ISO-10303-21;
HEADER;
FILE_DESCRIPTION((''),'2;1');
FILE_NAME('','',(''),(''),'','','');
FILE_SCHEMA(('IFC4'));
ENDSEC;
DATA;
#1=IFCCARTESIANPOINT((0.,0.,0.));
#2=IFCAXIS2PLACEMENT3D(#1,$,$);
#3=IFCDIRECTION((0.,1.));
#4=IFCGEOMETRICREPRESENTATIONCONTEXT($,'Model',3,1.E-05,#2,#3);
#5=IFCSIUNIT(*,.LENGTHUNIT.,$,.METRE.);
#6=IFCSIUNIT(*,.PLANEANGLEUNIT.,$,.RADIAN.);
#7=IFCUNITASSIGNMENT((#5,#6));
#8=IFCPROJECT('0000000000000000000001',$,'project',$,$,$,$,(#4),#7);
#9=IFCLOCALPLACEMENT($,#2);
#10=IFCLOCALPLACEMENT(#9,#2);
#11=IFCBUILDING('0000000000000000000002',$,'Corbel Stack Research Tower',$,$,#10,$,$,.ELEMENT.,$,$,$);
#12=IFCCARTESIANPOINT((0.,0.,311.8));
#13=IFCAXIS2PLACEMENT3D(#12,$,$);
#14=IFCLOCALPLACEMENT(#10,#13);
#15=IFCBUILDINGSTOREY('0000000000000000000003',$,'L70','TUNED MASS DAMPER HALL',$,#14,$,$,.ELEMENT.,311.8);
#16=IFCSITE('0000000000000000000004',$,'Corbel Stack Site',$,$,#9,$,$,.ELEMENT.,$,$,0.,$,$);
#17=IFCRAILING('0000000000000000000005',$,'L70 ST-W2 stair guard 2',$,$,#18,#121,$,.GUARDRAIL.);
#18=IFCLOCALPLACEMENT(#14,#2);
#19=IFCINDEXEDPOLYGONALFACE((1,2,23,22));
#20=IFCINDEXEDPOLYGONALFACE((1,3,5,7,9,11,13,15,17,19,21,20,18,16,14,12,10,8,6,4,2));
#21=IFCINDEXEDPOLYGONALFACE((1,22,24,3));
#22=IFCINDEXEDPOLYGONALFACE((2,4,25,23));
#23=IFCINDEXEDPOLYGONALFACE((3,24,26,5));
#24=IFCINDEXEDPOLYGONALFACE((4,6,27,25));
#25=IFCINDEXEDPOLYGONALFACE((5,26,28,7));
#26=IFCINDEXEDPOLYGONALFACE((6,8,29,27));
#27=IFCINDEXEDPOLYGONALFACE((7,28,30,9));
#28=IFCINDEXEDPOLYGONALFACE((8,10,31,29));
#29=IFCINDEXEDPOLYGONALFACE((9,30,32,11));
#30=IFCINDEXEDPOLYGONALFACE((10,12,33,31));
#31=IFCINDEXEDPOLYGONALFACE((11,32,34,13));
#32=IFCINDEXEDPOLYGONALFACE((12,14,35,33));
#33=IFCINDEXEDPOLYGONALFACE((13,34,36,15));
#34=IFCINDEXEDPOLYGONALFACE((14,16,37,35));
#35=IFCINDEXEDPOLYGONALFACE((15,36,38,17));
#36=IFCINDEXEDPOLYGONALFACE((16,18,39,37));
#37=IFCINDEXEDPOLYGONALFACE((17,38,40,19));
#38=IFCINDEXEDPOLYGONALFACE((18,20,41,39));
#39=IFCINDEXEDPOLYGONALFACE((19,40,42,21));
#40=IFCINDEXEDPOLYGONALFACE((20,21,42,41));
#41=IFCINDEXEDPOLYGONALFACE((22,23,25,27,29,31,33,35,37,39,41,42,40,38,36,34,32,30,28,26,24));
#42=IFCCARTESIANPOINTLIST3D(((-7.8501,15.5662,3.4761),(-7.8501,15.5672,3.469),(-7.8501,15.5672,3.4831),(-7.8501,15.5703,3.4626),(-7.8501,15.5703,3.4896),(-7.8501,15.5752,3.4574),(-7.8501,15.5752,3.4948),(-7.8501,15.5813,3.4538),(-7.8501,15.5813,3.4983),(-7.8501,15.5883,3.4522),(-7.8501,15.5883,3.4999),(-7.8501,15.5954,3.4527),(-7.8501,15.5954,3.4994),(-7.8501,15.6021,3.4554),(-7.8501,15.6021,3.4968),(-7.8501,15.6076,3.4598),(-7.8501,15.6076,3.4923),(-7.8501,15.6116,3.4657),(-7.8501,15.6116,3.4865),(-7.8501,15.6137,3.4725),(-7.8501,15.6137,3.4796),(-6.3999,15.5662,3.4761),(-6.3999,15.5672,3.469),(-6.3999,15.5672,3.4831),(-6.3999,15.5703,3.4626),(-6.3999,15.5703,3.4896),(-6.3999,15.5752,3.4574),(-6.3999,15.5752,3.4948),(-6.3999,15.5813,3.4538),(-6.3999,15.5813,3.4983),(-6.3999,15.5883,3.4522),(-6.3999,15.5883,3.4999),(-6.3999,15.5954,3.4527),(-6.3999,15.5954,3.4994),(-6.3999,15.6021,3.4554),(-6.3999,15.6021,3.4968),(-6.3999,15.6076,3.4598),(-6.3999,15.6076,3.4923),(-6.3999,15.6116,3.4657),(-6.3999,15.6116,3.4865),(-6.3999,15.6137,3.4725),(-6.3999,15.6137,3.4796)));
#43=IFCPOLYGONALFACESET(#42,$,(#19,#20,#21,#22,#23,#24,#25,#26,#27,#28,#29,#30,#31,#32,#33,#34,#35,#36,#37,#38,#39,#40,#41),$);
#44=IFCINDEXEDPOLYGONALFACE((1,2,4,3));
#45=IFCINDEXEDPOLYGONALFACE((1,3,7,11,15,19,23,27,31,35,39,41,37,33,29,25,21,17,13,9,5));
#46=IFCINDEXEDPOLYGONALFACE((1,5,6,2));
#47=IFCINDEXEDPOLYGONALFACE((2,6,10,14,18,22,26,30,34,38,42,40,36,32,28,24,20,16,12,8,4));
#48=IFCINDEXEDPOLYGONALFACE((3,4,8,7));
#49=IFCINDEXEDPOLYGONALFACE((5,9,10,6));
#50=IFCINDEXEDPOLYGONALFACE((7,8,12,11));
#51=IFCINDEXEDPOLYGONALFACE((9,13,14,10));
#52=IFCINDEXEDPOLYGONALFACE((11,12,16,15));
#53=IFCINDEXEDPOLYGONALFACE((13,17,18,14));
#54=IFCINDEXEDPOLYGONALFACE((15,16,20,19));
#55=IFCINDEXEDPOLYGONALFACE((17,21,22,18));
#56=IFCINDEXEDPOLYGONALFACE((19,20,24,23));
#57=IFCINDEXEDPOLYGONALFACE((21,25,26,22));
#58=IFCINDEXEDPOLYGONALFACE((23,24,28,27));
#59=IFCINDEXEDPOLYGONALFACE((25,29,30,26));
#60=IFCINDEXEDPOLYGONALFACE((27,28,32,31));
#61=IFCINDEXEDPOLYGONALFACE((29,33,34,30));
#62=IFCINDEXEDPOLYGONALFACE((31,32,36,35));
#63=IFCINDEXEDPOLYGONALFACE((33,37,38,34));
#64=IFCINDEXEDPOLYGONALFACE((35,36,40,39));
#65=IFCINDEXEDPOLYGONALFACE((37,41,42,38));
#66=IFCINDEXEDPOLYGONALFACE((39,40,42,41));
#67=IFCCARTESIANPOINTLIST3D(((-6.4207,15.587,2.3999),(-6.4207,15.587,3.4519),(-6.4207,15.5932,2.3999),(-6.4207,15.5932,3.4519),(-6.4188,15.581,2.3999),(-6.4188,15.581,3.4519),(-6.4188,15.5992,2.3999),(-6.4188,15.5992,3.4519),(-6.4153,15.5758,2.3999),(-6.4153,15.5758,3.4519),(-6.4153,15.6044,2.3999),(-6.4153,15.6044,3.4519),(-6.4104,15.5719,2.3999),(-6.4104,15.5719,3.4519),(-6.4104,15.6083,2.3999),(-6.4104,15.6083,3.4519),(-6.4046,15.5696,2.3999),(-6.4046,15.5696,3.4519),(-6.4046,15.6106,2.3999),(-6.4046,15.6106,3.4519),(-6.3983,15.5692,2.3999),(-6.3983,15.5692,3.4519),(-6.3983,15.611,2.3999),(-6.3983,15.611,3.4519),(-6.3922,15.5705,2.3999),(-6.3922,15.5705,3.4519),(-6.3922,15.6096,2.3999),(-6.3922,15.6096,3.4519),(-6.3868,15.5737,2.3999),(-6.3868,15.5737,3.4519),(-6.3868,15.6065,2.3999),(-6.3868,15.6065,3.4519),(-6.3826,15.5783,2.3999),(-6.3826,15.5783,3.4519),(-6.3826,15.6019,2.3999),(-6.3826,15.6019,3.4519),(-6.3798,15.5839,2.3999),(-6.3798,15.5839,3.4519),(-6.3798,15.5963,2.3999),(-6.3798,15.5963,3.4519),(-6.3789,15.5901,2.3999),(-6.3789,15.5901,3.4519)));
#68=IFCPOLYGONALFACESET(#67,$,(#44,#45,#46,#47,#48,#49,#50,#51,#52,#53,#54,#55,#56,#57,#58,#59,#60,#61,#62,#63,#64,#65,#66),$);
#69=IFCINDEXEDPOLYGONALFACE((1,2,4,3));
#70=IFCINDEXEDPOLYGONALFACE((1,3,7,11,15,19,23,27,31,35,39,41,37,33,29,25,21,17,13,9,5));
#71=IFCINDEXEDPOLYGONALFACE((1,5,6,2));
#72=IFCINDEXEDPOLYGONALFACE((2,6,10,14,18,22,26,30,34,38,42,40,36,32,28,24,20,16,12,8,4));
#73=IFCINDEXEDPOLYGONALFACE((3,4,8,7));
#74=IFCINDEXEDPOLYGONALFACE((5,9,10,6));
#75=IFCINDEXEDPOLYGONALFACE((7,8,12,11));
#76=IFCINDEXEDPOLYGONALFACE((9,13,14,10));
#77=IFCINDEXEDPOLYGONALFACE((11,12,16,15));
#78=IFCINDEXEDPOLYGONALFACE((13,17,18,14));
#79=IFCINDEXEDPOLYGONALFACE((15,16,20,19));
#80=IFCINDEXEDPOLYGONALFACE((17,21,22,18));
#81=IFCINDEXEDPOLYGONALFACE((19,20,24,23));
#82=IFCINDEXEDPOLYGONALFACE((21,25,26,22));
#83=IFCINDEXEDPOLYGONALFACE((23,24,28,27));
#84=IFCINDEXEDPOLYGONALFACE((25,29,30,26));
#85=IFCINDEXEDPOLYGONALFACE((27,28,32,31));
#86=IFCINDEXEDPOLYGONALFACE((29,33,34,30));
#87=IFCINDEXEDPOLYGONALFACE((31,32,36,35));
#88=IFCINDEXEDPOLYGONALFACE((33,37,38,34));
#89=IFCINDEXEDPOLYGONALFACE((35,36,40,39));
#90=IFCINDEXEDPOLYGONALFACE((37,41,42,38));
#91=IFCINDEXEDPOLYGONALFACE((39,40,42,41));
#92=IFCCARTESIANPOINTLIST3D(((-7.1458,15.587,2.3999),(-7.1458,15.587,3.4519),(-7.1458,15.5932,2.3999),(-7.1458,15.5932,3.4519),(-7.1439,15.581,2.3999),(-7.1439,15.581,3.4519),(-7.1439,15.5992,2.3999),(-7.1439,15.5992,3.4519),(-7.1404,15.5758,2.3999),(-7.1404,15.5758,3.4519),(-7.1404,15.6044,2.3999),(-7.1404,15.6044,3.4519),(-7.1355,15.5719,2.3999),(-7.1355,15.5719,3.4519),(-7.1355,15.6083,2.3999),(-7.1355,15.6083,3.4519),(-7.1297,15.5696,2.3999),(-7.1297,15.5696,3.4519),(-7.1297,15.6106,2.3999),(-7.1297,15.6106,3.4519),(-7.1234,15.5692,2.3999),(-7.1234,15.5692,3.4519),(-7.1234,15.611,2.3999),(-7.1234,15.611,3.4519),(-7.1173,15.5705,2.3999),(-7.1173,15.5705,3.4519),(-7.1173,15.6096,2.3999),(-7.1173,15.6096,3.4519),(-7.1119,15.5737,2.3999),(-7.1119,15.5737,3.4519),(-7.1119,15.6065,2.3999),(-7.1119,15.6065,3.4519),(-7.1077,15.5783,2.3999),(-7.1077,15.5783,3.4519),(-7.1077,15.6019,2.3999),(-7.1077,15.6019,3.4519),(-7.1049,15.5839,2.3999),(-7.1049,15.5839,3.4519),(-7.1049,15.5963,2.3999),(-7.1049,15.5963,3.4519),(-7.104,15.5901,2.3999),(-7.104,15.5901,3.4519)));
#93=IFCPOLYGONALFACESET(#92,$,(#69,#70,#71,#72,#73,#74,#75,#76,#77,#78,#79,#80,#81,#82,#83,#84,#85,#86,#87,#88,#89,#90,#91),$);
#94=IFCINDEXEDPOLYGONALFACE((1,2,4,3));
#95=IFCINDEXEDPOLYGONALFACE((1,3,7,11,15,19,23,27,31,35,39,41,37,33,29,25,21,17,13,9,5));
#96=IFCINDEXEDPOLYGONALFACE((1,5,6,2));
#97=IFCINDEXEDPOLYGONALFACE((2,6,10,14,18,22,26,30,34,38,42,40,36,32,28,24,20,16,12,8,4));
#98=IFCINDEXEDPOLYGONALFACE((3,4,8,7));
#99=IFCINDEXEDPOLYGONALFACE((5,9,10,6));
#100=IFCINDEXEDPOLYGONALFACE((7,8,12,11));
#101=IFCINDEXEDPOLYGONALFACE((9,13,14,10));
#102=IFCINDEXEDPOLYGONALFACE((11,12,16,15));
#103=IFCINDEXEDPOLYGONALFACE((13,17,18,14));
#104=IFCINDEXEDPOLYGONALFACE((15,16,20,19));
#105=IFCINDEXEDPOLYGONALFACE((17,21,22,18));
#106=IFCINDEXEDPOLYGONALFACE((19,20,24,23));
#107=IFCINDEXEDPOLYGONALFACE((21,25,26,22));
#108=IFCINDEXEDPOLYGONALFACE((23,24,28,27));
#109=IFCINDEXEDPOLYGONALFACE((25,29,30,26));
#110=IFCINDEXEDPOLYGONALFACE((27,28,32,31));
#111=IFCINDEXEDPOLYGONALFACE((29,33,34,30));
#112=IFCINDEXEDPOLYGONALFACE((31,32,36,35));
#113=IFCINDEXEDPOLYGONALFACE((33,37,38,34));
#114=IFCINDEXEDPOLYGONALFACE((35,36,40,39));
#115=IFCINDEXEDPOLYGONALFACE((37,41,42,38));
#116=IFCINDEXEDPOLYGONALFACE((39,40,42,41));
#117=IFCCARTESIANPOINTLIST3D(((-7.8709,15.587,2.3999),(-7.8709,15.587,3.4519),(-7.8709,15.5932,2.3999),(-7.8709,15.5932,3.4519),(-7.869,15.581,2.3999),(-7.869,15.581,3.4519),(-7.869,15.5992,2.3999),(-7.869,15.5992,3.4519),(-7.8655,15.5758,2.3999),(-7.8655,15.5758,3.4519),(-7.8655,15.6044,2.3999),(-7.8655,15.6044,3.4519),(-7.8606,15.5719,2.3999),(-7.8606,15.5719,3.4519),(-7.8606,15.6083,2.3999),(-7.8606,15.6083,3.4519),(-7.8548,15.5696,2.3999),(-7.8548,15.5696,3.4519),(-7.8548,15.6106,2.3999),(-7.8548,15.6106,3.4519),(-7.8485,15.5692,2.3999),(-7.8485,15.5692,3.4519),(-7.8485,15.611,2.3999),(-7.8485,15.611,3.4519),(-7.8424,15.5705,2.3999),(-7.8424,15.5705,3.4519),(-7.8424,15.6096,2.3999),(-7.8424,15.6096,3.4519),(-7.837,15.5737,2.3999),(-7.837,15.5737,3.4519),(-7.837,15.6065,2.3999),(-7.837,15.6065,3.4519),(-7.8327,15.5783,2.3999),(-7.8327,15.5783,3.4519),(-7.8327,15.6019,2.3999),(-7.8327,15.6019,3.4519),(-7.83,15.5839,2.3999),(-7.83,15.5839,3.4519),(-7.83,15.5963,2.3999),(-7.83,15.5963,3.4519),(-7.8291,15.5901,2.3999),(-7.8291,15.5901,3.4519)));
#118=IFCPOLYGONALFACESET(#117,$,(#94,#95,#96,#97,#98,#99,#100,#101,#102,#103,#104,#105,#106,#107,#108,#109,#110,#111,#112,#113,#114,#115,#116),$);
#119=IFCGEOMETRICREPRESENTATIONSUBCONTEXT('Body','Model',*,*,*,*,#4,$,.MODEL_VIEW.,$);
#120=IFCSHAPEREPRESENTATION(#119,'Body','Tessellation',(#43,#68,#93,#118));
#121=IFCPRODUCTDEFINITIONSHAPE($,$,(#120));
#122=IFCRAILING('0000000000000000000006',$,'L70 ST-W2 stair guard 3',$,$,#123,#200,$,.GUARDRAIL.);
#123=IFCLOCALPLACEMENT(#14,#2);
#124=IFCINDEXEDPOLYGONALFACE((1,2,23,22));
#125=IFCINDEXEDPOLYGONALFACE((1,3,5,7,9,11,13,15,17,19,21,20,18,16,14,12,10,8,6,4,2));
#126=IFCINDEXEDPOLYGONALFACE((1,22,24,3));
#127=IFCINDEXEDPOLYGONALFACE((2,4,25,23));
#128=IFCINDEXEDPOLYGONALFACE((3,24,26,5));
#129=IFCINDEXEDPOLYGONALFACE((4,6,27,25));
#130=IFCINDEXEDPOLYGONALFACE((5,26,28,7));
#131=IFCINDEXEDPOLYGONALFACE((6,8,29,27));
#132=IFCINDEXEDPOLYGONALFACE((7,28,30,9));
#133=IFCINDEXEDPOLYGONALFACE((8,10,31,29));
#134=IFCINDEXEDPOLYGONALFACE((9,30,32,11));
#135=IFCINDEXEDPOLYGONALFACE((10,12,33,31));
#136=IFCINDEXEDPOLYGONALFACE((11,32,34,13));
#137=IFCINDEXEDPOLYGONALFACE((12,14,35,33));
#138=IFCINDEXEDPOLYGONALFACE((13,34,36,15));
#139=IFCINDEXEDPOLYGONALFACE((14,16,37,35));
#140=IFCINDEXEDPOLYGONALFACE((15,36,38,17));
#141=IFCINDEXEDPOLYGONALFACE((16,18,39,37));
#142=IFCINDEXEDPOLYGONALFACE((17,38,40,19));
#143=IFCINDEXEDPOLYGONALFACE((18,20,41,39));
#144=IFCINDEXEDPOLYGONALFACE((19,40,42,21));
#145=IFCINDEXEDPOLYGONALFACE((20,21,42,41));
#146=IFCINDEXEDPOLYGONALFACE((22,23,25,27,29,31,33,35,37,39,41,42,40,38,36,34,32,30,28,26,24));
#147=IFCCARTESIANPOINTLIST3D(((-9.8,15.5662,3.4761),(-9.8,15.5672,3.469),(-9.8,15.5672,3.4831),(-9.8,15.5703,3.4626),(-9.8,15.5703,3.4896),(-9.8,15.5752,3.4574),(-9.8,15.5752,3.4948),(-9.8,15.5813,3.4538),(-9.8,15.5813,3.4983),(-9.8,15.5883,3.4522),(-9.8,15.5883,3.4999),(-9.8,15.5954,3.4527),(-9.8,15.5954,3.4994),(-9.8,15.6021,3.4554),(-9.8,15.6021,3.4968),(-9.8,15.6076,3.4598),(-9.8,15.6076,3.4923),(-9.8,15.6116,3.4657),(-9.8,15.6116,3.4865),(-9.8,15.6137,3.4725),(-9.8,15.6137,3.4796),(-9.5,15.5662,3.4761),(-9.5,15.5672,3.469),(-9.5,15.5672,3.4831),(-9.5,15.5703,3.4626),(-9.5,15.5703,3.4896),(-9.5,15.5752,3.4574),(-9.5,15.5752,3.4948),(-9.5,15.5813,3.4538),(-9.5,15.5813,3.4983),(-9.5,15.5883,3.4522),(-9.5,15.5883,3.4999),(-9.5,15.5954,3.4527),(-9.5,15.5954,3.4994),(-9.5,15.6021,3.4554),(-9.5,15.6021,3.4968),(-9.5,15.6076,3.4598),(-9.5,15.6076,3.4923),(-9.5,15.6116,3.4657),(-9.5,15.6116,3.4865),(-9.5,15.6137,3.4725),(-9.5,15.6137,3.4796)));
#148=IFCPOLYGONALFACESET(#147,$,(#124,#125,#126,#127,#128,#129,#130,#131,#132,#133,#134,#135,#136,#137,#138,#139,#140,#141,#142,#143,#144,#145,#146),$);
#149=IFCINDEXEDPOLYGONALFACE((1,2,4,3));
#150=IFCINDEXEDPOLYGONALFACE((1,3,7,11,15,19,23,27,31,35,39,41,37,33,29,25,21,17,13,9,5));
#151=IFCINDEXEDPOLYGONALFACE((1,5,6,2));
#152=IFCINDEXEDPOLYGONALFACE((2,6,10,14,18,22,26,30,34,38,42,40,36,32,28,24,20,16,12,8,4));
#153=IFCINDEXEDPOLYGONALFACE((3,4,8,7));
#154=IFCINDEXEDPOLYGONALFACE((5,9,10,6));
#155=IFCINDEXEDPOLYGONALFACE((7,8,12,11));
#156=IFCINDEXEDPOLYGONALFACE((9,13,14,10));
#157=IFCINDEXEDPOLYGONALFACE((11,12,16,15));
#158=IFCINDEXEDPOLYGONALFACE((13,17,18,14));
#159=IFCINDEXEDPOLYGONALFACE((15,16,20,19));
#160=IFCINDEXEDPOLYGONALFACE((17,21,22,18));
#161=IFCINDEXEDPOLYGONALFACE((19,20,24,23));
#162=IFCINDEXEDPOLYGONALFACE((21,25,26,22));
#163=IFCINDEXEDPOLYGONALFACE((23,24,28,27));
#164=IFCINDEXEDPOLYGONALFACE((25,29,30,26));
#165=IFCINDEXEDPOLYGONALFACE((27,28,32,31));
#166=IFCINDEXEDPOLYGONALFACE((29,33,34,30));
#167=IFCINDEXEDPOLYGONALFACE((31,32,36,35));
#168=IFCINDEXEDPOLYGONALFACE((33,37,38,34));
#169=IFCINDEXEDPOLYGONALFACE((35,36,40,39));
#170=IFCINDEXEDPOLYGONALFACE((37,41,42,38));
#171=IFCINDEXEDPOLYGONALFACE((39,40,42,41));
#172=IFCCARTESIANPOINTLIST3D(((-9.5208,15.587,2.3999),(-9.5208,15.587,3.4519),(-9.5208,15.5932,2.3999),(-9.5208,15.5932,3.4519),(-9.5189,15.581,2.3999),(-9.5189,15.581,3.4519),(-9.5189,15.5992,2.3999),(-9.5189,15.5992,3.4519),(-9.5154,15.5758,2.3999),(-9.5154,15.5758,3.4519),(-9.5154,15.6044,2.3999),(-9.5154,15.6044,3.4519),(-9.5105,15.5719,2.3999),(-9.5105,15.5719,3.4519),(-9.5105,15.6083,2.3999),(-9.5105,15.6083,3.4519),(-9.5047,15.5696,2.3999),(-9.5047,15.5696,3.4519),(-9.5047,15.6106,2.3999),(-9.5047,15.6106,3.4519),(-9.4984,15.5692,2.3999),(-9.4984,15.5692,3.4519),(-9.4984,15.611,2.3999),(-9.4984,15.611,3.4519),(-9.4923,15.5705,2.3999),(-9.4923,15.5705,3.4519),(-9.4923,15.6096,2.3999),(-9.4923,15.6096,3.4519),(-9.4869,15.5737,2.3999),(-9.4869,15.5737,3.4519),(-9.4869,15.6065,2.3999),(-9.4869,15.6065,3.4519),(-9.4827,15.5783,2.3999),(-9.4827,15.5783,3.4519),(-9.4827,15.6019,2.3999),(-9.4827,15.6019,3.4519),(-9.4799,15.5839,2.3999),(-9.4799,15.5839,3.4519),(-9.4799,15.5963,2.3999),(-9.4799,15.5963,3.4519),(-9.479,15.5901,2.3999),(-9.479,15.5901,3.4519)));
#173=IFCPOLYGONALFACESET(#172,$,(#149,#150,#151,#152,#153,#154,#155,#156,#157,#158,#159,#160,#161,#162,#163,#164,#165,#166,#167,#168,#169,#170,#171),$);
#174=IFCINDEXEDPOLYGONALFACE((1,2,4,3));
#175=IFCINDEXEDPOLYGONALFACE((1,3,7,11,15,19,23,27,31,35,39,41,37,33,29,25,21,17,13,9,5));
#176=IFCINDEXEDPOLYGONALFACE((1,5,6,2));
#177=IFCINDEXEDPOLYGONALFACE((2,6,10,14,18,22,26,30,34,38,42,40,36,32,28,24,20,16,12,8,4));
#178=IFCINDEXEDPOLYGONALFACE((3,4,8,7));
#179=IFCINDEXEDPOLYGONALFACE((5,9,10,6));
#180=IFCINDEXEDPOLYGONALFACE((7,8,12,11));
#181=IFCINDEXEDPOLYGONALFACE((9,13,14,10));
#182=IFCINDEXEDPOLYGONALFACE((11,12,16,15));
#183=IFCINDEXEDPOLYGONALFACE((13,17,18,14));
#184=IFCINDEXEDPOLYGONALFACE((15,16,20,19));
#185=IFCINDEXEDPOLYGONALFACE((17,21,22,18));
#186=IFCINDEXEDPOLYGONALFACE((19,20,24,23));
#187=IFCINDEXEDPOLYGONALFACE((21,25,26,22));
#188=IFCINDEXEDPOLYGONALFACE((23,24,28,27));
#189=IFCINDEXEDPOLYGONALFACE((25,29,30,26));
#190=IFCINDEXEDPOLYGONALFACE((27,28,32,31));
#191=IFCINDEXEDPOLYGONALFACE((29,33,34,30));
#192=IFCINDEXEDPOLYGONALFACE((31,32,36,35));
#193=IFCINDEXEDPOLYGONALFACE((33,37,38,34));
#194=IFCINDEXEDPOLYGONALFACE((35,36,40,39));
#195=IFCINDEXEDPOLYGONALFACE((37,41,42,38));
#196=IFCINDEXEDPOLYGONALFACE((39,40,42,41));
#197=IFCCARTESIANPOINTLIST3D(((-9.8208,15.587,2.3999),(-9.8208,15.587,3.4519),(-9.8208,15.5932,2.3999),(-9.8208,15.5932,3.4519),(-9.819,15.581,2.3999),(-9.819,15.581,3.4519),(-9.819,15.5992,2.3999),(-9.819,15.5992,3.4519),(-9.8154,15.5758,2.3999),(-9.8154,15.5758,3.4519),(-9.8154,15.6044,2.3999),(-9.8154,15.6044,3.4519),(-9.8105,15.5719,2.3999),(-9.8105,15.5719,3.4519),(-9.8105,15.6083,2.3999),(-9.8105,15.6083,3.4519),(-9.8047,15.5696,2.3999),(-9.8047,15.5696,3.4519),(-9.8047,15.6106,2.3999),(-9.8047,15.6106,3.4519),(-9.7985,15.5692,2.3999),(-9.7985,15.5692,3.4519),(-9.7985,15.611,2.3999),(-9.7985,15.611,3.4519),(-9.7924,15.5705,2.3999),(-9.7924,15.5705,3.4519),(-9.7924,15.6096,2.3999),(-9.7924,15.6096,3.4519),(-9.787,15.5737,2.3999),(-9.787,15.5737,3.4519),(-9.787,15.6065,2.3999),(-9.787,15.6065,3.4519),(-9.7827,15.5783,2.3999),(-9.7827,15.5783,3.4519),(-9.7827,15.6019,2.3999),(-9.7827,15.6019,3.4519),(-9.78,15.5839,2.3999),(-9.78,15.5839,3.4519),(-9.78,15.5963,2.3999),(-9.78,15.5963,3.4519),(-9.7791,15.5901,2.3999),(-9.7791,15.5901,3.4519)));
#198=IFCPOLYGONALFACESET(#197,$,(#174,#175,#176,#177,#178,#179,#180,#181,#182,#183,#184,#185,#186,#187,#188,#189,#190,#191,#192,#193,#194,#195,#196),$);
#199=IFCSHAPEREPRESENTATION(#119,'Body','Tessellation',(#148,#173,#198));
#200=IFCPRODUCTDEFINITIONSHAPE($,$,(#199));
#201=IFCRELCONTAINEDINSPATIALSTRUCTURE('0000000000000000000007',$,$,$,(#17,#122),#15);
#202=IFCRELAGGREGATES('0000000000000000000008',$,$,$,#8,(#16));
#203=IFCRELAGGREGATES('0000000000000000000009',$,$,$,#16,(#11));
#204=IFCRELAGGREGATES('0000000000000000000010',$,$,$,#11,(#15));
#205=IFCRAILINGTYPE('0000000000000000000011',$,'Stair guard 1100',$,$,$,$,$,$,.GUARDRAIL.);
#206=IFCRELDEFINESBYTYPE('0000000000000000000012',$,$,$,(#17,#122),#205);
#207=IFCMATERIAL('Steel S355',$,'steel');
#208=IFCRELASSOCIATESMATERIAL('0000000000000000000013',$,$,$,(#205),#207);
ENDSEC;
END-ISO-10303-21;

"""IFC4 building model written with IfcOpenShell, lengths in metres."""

from ifc_helpers import new_model, si_unit, direction, frame, origin, origin_2d, place, context, subcontext, project, spatial, circle, extrude, material, type_object, element, save


model = new_model("IFC4")

# Units and contexts
model_context = context("Model", 3, precision=1e-05, world=origin(), true_north=direction((0.0, 1.0)))
body_context = subcontext(model_context, "Body", "Model", "MODEL_VIEW")
ifc_project = project(units=[si_unit("LENGTHUNIT", "METRE"), si_unit("PLANEANGLEUNIT", "RADIAN")], contexts=[model_context])

# Site, building, storey
site_placement = place(None, origin())
site = spatial("IfcSite", under=ifc_project, at=site_placement, Name="Corbel Stack Site", CompositionType="ELEMENT", RefElevation=0.0)
building_placement = place(site_placement, origin())
building = spatial("IfcBuilding", under=site, at=building_placement, Name="Corbel Stack Research Tower", CompositionType="ELEMENT")
storey_placement = place(building_placement, frame((0.0, 0.0, 311.8)))
storey = spatial("IfcBuildingStorey", under=building, at=storey_placement, Name="L70", Description="TUNED MASS DAMPER HALL", CompositionType="ELEMENT", Elevation=311.8)

# Railings
ifc_material_1 = material(Name="Steel S355", Category="steel")
railing_type_1 = type_object("IfcRailingType", Name="Stair guard 1100", PredefinedType="GUARDRAIL", material=ifc_material_1)
railing_1_placement = place(storey_placement, frame((-6.3999, 15.5901, 2.3999)))
element("IfcRailing", 1, at=railing_1_placement, inside=storey, type_object=railing_type_1, Name="L70 ST-W2 stair guard 2", PredefinedType="GUARDRAIL", context=body_context, shape_type="SweptSolid", body=[
    extrude(circle(Radius=0.0239, at=origin_2d()), frame((0.0, 0.0, 1.0762), z_axis=(-1.0, 0.0, 0.0), x_axis=(0.0, -1.0, 0.0)), (0.0, 0.0, 1.0), 1.4502),
    extrude(circle(Radius=0.021, at=origin_2d()), origin(), (0.0, 0.0, 1.0), 1.052),
    extrude(circle(Radius=0.021, at=origin_2d()), frame((-0.7251, 0.0, 0.0)), (0.0, 0.0, 1.0), 1.052),
    extrude(circle(Radius=0.021, at=origin_2d()), frame((-1.4502, 0.0, 0.0)), (0.0, 0.0, 1.0), 1.052),
])
railing_2_placement = place(storey_placement, frame((-9.5, 15.5901, 2.3999)))
element("IfcRailing", 2, at=railing_2_placement, inside=storey, type_object=railing_type_1, Name="L70 ST-W2 stair guard 3", PredefinedType="GUARDRAIL", context=body_context, shape_type="SweptSolid", body=[
    extrude(circle(Radius=0.0239, at=origin_2d()), frame((0.0, 0.0, 1.0762), z_axis=(-1.0, 0.0, 0.0), x_axis=(0.0, -1.0, 0.0)), (0.0, 0.0, 1.0), 0.3),
    extrude(circle(Radius=0.021, at=origin_2d()), origin(), (0.0, 0.0, 1.0), 1.052),
    extrude(circle(Radius=0.021, at=origin_2d()), frame((-0.3, 0.0, 0.0)), (0.0, 0.0, 1.0), 1.052),
])

save(model, "model.ifc")
